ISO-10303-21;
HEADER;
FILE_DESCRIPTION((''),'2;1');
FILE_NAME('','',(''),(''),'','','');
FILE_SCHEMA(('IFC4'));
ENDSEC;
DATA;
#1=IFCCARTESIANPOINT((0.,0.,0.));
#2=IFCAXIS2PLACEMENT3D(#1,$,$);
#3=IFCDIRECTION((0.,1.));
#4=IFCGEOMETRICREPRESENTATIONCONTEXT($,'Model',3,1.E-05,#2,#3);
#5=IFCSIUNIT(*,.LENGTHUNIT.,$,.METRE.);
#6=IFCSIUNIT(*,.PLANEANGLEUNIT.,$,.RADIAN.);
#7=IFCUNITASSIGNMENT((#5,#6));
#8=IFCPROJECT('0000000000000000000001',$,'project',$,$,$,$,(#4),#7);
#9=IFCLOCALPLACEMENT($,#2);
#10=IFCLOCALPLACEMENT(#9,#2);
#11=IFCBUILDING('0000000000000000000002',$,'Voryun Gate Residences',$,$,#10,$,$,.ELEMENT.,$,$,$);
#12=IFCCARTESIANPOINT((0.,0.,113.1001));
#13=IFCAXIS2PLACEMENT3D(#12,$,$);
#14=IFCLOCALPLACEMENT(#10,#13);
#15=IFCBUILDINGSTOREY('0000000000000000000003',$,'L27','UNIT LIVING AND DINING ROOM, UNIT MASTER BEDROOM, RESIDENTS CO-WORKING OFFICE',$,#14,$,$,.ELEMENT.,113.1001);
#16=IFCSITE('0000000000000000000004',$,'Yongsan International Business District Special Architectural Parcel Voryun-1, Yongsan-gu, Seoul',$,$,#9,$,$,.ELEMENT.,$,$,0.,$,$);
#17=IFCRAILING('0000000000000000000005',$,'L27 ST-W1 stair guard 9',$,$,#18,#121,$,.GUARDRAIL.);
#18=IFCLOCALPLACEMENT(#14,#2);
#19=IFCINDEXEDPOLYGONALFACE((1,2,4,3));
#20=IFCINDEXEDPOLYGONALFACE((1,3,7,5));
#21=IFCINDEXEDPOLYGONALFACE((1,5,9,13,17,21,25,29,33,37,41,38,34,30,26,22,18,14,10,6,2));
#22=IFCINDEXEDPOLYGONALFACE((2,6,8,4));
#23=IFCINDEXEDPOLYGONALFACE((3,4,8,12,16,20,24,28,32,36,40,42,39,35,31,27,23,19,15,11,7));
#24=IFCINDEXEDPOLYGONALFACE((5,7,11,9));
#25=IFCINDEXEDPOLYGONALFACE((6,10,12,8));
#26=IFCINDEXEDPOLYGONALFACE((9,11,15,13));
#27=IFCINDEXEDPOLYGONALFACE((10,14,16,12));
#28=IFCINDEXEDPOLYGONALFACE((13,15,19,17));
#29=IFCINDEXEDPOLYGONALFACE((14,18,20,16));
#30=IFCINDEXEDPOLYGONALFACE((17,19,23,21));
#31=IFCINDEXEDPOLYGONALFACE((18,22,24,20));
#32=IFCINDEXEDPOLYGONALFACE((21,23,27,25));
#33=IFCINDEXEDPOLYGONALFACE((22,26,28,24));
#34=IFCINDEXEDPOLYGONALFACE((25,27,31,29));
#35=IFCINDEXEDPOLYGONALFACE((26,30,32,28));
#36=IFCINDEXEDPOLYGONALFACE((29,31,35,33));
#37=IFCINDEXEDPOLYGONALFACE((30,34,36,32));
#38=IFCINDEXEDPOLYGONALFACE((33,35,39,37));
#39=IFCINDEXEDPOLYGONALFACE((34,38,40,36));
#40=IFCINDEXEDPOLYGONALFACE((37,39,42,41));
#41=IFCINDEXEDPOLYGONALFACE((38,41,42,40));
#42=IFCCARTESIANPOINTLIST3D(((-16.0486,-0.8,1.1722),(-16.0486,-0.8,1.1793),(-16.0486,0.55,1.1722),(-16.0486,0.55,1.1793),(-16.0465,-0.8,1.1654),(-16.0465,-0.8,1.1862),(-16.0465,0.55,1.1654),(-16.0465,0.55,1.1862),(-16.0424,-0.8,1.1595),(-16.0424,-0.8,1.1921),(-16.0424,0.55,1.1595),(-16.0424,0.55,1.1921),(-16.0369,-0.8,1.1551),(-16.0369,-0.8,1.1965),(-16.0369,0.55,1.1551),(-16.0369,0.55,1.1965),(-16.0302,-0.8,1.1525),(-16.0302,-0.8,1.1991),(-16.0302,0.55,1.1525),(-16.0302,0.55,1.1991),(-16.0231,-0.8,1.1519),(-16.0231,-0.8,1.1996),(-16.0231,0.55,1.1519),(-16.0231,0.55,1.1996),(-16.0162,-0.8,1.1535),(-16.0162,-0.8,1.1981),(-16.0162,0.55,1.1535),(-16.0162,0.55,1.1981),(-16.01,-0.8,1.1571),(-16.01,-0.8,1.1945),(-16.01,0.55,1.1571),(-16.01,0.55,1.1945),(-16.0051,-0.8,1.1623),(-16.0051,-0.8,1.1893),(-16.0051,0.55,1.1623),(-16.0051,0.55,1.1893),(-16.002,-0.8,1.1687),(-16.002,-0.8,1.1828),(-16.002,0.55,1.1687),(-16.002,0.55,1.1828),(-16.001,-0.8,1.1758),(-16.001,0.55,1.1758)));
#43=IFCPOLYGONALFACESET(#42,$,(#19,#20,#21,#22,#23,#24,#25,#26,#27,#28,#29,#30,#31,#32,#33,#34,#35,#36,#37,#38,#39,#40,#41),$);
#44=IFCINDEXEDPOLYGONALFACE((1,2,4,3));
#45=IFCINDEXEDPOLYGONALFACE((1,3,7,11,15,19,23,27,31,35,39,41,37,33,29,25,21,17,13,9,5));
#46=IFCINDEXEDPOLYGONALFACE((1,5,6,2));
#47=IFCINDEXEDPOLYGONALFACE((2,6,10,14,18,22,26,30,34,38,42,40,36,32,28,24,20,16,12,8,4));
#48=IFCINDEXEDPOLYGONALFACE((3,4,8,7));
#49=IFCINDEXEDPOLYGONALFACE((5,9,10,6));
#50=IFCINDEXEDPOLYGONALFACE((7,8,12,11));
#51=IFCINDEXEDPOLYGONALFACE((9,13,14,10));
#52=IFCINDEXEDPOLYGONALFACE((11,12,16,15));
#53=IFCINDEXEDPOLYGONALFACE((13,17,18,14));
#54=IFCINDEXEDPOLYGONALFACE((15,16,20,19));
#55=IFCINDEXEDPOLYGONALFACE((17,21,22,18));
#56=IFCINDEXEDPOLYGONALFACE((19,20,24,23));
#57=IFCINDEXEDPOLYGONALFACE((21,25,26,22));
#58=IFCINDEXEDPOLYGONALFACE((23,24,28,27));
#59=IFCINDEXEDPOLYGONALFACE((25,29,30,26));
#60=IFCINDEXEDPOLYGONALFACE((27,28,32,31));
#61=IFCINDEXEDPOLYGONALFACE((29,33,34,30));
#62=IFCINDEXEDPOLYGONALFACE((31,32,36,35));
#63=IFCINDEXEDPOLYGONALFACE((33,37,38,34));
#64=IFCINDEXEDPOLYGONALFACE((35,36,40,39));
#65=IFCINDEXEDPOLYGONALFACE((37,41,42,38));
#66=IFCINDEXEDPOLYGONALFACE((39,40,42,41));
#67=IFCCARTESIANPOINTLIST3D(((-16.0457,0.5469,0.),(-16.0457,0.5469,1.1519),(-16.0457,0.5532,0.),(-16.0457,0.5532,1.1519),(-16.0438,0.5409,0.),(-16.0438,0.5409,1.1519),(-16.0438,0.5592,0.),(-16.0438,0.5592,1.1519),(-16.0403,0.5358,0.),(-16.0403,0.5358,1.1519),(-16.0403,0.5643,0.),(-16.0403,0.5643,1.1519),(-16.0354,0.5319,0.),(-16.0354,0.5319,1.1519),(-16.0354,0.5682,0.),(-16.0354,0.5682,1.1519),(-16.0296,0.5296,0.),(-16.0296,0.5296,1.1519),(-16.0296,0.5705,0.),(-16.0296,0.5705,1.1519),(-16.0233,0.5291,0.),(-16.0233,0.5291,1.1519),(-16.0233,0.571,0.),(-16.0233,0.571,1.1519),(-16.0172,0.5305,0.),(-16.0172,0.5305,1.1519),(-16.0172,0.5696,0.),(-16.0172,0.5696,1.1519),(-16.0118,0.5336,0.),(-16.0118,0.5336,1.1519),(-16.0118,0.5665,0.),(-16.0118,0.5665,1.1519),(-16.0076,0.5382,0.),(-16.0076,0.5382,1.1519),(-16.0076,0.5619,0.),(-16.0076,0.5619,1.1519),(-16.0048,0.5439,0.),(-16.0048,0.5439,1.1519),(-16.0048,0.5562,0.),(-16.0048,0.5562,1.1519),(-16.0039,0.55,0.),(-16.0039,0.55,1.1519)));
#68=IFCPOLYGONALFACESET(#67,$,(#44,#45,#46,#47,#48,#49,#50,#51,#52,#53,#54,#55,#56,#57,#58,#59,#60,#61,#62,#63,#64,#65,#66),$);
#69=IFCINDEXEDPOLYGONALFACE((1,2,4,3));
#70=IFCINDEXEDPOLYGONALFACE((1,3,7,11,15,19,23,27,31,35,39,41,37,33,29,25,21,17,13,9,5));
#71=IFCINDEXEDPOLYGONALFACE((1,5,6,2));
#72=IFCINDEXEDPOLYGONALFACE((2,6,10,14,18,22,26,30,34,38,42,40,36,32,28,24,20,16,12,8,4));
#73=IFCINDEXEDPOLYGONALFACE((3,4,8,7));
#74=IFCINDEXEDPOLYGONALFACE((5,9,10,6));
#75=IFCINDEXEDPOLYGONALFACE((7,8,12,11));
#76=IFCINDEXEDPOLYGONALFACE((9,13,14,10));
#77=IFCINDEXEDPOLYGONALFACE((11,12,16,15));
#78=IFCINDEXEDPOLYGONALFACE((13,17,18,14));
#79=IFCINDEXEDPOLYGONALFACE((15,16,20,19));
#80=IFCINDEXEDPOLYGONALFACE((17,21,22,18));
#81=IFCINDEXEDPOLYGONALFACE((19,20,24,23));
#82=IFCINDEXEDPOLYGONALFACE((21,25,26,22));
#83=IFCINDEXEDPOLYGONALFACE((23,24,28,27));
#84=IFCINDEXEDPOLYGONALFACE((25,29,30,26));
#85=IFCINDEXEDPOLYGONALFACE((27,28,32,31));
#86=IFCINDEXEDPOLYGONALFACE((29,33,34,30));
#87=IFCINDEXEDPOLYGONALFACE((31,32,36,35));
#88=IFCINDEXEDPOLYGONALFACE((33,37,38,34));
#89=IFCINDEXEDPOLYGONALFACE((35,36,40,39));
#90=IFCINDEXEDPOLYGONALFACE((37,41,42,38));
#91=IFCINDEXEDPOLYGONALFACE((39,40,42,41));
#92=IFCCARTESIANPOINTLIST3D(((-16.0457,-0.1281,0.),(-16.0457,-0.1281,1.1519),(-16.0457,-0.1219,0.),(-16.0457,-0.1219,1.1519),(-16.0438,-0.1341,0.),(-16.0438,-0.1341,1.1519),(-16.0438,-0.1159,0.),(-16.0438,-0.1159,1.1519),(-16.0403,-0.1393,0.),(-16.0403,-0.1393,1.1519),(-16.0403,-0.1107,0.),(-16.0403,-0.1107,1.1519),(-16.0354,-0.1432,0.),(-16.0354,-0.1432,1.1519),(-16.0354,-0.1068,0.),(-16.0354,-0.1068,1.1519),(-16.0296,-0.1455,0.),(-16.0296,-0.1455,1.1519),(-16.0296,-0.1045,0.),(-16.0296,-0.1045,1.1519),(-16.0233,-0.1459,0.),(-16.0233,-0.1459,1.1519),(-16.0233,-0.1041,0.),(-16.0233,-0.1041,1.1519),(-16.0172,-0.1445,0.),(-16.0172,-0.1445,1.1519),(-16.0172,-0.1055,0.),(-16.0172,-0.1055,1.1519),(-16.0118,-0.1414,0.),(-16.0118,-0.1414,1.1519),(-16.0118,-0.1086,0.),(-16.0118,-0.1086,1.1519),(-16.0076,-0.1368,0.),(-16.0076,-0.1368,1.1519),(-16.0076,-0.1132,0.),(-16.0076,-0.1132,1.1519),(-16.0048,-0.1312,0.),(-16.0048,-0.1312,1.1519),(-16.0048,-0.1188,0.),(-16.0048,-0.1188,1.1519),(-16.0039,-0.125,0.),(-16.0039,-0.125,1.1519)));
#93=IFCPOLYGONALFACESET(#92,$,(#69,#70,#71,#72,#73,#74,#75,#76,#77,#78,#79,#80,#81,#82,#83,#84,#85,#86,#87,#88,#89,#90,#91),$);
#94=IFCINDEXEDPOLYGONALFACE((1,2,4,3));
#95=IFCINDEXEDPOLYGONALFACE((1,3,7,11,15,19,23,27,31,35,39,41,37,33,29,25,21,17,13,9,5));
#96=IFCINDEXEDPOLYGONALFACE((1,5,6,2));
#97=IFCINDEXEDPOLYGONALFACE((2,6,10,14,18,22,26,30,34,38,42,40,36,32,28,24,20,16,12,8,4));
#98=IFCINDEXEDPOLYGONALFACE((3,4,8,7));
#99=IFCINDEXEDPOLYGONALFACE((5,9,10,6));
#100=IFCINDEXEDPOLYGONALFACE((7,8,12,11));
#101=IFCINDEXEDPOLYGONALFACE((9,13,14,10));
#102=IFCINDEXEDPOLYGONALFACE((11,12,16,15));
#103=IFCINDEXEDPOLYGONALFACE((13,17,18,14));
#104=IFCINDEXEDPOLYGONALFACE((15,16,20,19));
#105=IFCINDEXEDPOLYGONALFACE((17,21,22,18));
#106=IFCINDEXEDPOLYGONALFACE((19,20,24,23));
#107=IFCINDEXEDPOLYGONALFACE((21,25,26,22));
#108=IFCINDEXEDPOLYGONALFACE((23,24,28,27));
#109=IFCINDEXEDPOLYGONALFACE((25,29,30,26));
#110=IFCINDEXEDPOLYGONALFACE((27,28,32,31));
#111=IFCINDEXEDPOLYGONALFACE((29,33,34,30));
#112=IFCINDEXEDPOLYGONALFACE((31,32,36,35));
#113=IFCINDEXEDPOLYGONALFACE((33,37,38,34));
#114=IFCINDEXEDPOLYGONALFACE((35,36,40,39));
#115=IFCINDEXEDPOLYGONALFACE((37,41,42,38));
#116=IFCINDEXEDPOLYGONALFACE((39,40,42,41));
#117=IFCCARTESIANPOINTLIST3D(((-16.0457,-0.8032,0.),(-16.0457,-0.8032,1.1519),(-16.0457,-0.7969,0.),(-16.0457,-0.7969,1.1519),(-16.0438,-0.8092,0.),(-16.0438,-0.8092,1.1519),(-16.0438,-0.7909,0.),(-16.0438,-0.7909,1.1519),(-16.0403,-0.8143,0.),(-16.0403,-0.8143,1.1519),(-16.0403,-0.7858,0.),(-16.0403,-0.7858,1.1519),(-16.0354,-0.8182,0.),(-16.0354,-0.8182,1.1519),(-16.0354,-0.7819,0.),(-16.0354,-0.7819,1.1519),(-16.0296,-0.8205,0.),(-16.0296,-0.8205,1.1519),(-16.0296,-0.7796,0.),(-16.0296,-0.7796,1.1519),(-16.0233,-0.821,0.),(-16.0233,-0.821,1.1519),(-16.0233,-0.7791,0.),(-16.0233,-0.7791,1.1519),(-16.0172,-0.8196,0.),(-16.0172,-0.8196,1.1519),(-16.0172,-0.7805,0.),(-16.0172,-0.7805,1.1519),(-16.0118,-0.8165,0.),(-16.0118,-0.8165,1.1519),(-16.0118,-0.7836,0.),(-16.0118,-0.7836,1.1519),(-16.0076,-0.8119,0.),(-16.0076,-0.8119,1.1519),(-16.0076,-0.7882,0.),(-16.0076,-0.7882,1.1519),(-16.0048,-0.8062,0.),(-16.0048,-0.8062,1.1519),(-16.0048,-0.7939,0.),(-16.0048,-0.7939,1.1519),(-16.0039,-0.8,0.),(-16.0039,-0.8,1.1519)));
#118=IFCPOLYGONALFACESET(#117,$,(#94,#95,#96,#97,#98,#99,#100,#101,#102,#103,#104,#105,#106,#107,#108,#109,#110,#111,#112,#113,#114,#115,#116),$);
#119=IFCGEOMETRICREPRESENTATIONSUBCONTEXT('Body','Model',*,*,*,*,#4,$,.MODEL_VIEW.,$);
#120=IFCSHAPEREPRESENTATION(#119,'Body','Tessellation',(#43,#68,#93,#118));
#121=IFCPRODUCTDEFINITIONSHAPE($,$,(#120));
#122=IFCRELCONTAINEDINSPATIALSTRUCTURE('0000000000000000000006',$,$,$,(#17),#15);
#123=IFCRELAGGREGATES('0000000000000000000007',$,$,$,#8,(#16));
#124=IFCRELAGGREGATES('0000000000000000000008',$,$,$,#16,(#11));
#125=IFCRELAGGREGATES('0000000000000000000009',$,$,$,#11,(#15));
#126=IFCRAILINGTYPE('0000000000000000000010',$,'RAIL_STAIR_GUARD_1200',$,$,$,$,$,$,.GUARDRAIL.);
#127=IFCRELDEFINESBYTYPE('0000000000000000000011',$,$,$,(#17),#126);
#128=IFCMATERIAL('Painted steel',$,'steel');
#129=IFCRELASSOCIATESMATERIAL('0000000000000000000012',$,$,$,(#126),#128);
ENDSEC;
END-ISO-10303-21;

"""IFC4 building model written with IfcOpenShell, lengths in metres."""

from ifc_helpers import new_model, si_unit, direction, frame, origin, origin_2d, place, context, subcontext, project, spatial, circle, extrude, material, type_object, element, save


model = new_model("IFC4")

# Units and contexts
model_context = context("Model", 3, precision=1e-05, world=origin(), true_north=direction((0.0, 1.0)))
body_context = subcontext(model_context, "Body", "Model", "MODEL_VIEW")
ifc_project = project(units=[si_unit("LENGTHUNIT", "METRE"), si_unit("PLANEANGLEUNIT", "RADIAN")], contexts=[model_context])

# Site, building, storey
site_placement = place(None, origin())
site = spatial("IfcSite", under=ifc_project, at=site_placement, Name="Yongsan International Business District Special Architectural Parcel Voryun-1, Yongsan-gu, Seoul", CompositionType="ELEMENT", RefElevation=0.0)
building_placement = place(site_placement, origin())
building = spatial("IfcBuilding", under=site, at=building_placement, Name="Voryun Gate Residences", CompositionType="ELEMENT")
storey_placement = place(building_placement, frame((0.0, 0.0, 113.1001)))
storey = spatial("IfcBuildingStorey", under=building, at=storey_placement, Name="L27", Description="UNIT LIVING AND DINING ROOM, UNIT MASTER BEDROOM, RESIDENTS CO-WORKING OFFICE", CompositionType="ELEMENT", Elevation=113.1001)

# Railing
ifc_material_1 = material(Name="Painted steel", Category="steel")
railing_type = type_object("IfcRailingType", Name="RAIL_STAIR_GUARD_1200", PredefinedType="GUARDRAIL", material=ifc_material_1)
railing_1_placement = place(storey_placement, frame((-16.0249, 0.55, 0.0)))
element("IfcRailing", 1, at=railing_1_placement, inside=storey, type_object=railing_type, Name="L27 ST-W1 stair guard 9", PredefinedType="GUARDRAIL", context=body_context, shape_type="SweptSolid", body=[
    extrude(circle(Radius=0.0239, at=origin_2d()), frame((0.0, 0.0, 1.1758), z_axis=(0.0, -1.0, 0.0), x_axis=(1.0, 0.0, 0.0)), (0.0, 0.0, 1.0), 1.3501),
    extrude(circle(Radius=0.021, at=origin_2d()), origin(), (0.0, 0.0, 1.0), 1.1519),
    extrude(circle(Radius=0.021, at=origin_2d()), frame((0.0, -0.675, 0.0)), (0.0, 0.0, 1.0), 1.1519),
    extrude(circle(Radius=0.021, at=origin_2d()), frame((0.0, -1.3501, 0.0)), (0.0, 0.0, 1.0), 1.1519),
])

save(model, "model.ifc")
